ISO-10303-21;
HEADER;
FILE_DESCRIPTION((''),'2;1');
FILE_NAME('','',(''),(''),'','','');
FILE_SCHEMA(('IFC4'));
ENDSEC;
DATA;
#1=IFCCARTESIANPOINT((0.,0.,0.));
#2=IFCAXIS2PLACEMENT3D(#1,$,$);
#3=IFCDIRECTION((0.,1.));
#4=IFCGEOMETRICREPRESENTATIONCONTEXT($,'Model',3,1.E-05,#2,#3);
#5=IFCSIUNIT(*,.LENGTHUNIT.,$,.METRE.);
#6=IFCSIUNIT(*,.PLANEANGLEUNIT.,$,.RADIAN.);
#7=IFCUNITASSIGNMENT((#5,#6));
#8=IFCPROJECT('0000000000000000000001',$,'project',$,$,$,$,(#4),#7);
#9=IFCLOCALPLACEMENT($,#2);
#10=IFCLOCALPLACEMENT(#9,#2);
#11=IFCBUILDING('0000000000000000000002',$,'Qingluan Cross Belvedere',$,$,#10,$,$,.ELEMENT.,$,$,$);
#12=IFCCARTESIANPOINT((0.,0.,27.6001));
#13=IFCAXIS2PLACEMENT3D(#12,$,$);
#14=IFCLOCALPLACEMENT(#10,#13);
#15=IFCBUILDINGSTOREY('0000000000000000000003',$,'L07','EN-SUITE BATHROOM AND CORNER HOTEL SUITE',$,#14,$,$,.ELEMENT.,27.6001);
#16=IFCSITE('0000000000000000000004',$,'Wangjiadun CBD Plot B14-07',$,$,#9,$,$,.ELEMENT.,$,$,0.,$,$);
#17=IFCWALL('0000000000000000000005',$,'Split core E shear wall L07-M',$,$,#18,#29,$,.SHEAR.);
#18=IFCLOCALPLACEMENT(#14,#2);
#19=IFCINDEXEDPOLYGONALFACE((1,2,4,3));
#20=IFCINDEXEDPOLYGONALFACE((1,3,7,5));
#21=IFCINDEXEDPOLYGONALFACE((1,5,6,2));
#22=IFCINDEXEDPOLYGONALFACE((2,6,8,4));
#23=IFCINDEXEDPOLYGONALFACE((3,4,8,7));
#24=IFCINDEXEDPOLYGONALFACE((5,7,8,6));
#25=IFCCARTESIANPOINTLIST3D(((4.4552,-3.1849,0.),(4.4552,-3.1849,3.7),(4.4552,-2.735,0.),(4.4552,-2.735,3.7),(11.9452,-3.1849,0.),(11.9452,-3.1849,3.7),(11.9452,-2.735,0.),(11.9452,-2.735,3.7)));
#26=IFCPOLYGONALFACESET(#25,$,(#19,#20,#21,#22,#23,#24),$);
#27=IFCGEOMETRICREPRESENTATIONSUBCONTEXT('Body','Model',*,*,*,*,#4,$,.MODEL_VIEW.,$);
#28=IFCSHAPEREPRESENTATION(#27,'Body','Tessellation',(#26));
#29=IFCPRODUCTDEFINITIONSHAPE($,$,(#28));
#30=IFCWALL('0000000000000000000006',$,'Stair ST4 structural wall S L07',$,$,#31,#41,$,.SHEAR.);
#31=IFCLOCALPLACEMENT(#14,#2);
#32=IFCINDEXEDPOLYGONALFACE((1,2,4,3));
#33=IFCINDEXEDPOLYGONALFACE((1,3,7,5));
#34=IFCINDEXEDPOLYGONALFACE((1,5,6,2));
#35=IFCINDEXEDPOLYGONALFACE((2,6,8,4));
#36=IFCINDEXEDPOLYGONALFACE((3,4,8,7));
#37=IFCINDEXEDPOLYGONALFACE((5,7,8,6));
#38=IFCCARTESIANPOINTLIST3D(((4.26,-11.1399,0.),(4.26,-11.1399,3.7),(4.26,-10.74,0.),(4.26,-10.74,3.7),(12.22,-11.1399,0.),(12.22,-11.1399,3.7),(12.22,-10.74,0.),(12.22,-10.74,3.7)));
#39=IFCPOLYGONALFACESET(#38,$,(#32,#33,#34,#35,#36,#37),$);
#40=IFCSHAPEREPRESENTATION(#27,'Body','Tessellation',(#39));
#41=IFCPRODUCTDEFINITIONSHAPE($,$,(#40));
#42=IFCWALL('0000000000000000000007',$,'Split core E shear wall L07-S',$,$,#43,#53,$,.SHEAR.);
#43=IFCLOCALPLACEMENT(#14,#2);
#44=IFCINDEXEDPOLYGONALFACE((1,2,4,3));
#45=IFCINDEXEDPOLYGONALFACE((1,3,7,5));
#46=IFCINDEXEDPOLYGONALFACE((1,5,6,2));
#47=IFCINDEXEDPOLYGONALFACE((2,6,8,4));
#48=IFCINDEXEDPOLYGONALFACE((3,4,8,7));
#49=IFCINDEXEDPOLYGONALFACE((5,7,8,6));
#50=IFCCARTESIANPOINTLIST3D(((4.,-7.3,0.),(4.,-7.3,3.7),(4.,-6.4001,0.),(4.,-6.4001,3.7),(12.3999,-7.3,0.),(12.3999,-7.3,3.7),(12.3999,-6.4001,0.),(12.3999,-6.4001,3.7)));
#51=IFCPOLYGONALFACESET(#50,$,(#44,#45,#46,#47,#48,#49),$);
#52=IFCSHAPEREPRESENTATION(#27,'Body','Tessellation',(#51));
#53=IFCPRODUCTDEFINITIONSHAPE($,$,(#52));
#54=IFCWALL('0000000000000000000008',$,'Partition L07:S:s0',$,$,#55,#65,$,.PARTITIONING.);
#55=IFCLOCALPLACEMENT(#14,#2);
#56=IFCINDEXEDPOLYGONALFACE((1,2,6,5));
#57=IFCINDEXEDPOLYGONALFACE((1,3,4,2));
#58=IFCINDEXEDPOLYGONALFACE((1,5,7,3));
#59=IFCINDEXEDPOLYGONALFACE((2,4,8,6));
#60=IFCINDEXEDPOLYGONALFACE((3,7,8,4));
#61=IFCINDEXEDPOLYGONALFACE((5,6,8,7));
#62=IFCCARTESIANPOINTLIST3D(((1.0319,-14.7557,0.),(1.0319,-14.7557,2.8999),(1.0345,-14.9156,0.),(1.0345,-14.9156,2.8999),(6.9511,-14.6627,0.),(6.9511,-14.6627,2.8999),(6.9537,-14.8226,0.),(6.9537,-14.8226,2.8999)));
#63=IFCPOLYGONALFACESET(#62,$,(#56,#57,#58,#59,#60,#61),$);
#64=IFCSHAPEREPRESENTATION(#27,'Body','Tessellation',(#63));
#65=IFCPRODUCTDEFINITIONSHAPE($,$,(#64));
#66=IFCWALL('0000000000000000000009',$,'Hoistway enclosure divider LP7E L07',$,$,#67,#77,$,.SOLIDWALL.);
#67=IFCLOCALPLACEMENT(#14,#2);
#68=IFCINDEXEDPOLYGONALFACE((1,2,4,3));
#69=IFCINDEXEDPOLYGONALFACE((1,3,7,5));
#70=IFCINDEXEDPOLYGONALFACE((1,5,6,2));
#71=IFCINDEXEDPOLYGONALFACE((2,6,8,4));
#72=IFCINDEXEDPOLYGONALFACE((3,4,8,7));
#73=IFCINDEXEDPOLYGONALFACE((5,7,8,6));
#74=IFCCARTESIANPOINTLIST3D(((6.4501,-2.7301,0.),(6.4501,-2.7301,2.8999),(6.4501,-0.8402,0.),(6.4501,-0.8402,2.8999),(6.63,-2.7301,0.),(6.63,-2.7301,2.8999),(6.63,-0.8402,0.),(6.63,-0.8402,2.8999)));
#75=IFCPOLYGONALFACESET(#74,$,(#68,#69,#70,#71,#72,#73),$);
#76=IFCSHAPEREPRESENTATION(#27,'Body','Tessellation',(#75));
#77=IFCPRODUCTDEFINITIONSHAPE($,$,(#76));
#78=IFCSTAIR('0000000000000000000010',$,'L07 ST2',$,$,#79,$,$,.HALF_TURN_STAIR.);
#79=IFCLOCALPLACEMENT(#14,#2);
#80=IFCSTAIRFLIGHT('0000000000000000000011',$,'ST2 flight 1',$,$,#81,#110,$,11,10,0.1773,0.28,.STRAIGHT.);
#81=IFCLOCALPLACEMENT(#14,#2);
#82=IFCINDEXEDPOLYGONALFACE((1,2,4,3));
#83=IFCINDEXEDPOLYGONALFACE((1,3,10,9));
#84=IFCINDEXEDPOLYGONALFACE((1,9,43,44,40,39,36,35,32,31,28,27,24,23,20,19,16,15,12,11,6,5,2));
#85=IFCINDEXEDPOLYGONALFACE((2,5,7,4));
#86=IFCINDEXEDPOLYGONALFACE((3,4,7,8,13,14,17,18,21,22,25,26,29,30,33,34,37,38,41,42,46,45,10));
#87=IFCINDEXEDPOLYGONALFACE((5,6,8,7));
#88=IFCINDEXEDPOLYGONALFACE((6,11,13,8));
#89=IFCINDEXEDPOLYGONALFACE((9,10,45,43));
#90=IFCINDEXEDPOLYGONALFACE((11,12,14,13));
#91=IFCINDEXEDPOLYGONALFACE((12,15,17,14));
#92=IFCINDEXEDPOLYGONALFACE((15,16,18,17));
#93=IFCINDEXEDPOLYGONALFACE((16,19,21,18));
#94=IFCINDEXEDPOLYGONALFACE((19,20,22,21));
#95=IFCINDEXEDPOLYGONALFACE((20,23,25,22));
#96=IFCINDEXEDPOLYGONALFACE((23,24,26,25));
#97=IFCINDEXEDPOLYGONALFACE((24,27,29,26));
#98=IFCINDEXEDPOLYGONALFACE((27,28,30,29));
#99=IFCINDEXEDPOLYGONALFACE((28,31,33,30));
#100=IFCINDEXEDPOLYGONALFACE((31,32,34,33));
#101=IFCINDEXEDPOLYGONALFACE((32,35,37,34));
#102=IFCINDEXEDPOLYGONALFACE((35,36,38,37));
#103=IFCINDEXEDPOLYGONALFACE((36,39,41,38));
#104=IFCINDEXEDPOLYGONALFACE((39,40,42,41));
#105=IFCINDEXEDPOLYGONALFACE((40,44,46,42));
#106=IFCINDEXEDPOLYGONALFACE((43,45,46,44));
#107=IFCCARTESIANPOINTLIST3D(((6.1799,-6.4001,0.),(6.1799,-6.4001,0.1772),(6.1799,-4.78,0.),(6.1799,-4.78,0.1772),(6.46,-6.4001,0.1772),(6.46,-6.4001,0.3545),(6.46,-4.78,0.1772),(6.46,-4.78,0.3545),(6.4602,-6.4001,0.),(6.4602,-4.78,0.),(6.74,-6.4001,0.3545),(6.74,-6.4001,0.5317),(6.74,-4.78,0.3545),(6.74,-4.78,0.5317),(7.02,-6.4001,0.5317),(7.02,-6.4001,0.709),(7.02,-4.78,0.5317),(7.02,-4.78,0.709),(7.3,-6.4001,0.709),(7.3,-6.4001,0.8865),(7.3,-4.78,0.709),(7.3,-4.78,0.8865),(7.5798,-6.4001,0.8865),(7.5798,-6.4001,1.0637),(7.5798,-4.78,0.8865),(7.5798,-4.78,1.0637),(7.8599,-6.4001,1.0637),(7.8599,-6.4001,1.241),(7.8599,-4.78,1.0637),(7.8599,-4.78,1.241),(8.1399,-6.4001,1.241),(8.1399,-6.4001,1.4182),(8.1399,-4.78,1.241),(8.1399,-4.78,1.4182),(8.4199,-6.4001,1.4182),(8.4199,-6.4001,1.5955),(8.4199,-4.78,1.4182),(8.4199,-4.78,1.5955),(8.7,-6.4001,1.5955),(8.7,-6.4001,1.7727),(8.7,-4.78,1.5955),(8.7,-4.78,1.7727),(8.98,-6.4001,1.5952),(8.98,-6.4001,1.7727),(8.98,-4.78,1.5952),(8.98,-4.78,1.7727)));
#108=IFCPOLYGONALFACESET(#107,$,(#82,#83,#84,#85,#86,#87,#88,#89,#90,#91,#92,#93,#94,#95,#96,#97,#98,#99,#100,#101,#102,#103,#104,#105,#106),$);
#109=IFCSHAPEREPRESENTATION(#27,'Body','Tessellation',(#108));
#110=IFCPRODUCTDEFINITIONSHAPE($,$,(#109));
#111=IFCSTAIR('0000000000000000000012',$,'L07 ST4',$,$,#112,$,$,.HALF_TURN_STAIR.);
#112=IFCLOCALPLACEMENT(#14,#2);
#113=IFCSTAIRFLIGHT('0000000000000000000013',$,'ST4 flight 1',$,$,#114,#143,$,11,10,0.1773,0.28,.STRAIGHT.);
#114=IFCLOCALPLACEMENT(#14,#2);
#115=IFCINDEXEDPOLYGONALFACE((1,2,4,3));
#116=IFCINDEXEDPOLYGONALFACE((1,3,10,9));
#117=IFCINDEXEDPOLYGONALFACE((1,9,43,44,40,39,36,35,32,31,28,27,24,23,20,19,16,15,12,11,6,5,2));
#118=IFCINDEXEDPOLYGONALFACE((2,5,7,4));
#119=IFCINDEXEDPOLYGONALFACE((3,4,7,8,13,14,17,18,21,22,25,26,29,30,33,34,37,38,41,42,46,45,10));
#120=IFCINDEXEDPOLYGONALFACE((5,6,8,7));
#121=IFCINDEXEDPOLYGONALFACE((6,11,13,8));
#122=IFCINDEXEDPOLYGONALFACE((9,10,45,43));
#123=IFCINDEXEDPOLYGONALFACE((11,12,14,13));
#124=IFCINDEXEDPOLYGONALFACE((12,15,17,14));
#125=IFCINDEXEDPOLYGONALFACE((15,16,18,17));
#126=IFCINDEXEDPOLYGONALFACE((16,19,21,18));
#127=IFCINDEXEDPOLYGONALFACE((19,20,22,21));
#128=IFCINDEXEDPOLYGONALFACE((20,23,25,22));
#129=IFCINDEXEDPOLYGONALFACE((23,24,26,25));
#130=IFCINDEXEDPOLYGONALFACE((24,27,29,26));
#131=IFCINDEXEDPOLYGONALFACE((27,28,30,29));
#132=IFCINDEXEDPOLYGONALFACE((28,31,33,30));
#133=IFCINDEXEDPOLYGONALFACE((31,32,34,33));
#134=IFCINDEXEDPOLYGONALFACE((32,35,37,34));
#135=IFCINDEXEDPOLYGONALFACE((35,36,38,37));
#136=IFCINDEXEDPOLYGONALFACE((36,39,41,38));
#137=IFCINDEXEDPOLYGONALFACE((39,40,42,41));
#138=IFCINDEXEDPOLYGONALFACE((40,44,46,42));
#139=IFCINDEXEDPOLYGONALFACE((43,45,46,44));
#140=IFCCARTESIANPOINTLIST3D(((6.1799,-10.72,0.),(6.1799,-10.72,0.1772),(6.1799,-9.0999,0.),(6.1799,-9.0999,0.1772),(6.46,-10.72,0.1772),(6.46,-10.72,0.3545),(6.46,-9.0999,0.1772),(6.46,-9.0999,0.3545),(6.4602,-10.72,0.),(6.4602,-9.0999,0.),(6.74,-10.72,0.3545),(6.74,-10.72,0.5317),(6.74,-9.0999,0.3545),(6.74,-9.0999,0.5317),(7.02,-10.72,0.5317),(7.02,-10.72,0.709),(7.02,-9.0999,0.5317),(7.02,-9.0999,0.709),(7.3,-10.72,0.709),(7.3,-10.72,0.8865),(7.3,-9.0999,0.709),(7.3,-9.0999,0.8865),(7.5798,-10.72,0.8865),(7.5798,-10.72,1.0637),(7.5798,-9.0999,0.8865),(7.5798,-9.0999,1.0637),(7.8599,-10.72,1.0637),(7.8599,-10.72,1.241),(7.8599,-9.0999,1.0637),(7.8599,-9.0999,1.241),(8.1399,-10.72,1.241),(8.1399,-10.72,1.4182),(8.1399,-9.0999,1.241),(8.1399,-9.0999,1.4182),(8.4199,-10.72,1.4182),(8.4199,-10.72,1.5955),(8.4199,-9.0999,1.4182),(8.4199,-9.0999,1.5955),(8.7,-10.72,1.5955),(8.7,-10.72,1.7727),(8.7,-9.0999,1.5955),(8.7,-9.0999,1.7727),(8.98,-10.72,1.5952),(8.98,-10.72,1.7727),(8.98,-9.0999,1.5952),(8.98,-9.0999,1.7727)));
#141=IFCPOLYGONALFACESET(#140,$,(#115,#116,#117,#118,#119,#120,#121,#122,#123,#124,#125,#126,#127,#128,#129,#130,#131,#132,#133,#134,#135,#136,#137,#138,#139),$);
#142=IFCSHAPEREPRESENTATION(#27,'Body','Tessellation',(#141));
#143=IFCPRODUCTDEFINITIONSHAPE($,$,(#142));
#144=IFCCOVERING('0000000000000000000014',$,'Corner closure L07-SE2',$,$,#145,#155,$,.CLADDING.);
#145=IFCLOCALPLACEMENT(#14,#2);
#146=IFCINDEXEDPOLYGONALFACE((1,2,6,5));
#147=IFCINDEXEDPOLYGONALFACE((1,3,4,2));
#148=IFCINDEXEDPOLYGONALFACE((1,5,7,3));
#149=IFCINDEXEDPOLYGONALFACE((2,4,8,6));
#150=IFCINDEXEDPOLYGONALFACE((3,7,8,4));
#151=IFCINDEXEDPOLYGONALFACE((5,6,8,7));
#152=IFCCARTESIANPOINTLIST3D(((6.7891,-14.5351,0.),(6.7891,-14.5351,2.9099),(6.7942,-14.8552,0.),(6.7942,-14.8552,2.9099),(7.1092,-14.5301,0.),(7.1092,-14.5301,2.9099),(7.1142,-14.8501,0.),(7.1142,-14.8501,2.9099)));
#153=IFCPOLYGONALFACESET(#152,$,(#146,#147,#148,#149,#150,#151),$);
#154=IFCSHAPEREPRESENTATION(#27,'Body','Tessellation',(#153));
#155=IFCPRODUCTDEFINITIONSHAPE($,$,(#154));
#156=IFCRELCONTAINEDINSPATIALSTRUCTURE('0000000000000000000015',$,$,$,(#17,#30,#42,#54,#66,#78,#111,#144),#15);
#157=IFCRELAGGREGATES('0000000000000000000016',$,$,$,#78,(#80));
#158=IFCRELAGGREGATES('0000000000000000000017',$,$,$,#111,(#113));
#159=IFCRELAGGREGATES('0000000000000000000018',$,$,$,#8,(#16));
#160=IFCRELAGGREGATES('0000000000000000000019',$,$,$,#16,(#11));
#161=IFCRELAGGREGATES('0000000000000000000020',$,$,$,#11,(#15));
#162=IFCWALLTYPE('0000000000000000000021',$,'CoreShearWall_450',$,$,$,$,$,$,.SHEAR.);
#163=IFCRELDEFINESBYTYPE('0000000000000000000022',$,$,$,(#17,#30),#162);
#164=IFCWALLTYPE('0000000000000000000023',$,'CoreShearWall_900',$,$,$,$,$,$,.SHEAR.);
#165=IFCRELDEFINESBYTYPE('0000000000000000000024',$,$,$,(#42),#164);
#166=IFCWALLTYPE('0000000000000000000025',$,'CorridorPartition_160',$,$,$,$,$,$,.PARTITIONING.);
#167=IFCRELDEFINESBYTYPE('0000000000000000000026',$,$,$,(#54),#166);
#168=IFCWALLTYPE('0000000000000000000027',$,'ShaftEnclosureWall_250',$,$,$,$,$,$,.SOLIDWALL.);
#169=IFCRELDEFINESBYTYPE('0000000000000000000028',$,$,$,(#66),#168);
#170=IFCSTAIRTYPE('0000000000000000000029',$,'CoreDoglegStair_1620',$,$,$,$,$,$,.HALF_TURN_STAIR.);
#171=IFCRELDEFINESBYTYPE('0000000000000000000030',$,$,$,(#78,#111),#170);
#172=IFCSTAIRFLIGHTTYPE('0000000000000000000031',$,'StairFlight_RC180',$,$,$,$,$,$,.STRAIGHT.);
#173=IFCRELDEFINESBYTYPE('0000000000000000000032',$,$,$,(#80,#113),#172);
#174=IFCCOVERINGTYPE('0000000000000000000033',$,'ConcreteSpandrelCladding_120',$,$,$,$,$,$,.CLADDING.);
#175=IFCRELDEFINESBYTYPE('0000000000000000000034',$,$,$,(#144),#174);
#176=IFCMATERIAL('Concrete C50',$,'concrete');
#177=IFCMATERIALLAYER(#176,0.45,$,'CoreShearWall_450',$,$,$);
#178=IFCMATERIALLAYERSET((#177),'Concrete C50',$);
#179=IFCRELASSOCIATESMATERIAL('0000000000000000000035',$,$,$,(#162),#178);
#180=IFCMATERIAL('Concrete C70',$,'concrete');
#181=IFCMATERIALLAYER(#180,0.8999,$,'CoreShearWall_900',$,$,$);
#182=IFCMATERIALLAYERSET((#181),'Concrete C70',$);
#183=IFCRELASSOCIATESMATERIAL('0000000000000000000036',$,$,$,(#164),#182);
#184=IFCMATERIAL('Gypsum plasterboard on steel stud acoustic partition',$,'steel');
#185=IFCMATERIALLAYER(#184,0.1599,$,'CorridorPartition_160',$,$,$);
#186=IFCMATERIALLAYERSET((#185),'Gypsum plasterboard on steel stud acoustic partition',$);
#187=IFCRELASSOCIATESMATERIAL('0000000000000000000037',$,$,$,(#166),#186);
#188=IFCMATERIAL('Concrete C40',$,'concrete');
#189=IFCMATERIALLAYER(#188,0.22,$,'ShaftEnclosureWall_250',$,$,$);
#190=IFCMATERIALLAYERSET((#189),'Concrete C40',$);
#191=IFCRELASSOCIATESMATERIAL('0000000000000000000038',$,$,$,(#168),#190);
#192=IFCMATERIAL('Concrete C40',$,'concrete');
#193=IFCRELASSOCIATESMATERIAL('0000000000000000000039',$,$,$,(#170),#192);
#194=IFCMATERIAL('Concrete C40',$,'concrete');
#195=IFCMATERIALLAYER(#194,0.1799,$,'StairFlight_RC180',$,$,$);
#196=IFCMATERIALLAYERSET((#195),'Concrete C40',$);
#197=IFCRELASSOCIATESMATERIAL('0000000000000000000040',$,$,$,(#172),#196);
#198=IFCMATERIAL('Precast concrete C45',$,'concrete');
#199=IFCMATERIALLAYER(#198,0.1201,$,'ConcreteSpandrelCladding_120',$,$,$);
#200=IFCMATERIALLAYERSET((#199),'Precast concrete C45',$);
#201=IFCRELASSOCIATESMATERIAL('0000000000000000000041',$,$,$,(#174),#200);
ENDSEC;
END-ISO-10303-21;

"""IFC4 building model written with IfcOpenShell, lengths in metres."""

from ifc_helpers import new_model, si_unit, direction, frame, frame_2d, origin, origin_2d, place, context, subcontext, project, spatial, polyline, rectangle, outline, extrude, material, layer, layer_set, type_object, element, aggregate, save


model = new_model("IFC4")

# Units and contexts
model_context = context("Model", 3, precision=1e-05, world=origin(), true_north=direction((0.0, 1.0)))
body_context = subcontext(model_context, "Body", "Model", "MODEL_VIEW")
ifc_project = project(units=[si_unit("LENGTHUNIT", "METRE"), si_unit("PLANEANGLEUNIT", "RADIAN")], contexts=[model_context])

# Site, building, storey
site_placement = place(None, origin())
site = spatial("IfcSite", under=ifc_project, at=site_placement, Name="Wangjiadun CBD Plot B14-07", CompositionType="ELEMENT", RefElevation=0.0)
building_placement = place(site_placement, origin())
building = spatial("IfcBuilding", under=site, at=building_placement, Name="Qingluan Cross Belvedere", CompositionType="ELEMENT")
storey_placement = place(building_placement, frame((0.0, 0.0, 27.6001)))
storey = spatial("IfcBuildingStorey", under=building, at=storey_placement, Name="L07", Description="EN-SUITE BATHROOM AND CORNER HOTEL SUITE", CompositionType="ELEMENT", Elevation=27.6001)

# Walls
ifc_material_1 = material(Name="Concrete C50", Category="concrete")
ifc_layer_1 = layer(ifc_material_1, 0.45, Name="CoreShearWall_450")
ifc_layer_set_1 = layer_set([ifc_layer_1], Name="Concrete C50")
wall_type_1 = type_object("IfcWallType", Name="CoreShearWall_450", PredefinedType="SHEAR", material=ifc_layer_set_1)
wall_1_placement = place(storey_placement, frame((4.4551, -2.96, 0.0), z_axis=(0.0, 0.0, 1.0), x_axis=(1.0, 0.0, 0.0)))
element("IfcWall", 1, at=wall_1_placement, inside=storey, type_object=wall_type_1, Name="Split core E shear wall L07-M", PredefinedType="SHEAR", context=body_context, shape_type="SweptSolid", body=[
    extrude(rectangle(XDim=7.49, YDim=0.45, at=frame_2d((3.7451, 0.0))), origin(), (0.0, 0.0, 1.0), 3.7),
])
wall_2_placement = place(storey_placement, frame((4.26, -10.9399, 0.0), z_axis=(0.0, 0.0, 1.0), x_axis=(1.0, 0.0, 0.0)))
element("IfcWall", 2, at=wall_2_placement, inside=storey, type_object=wall_type_1, Name="Stair ST4 structural wall S L07", PredefinedType="SHEAR", context=body_context, shape_type="SweptSolid", body=[
    extrude(rectangle(XDim=7.96, YDim=0.3999, at=frame_2d((3.98, 0.0))), origin(), (0.0, 0.0, 1.0), 3.7),
])

# Wall
ifc_material_2 = material(Name="Concrete C70", Category="concrete")
ifc_layer_2 = layer(ifc_material_2, 0.8999, Name="CoreShearWall_900")
ifc_layer_set_2 = layer_set([ifc_layer_2], Name="Concrete C70")
wall_type_2 = type_object("IfcWallType", Name="CoreShearWall_900", PredefinedType="SHEAR", material=ifc_layer_set_2)
wall_3_placement = place(storey_placement, frame((4.0, -6.8501, 0.0), z_axis=(0.0, 0.0, 1.0), x_axis=(1.0, 0.0, 0.0)))
element("IfcWall", 3, at=wall_3_placement, inside=storey, type_object=wall_type_2, Name="Split core E shear wall L07-S", PredefinedType="SHEAR", context=body_context, shape_type="SweptSolid", body=[
    extrude(rectangle(XDim=8.3999, YDim=0.8999, at=frame_2d((4.2, 0.0))), origin(), (0.0, 0.0, 1.0), 3.7),
])

# Walls
ifc_material_3 = material(Name="Gypsum plasterboard on steel stud acoustic partition", Category="steel")
ifc_layer_3 = layer(ifc_material_3, 0.1599, Name="CorridorPartition_160")
ifc_layer_set_3 = layer_set([ifc_layer_3], Name="Gypsum plasterboard on steel stud acoustic partition")
wall_type_3 = type_object("IfcWallType", Name="CorridorPartition_160", PredefinedType="PARTITIONING", material=ifc_layer_set_3)
wall_4_placement = place(storey_placement, frame((1.0332, -14.8357, 0.0), z_axis=(0.0, 0.0, 1.0), x_axis=(0.999877, 0.015713, 0.0)))
element("IfcWall", 4, at=wall_4_placement, inside=storey, type_object=wall_type_3, Name="Partition L07:S:s0", PredefinedType="PARTITIONING", context=body_context, shape_type="SweptSolid", body=[
    extrude(rectangle(XDim=5.9199, YDim=0.1599, at=frame_2d((2.96, 0.0))), origin(), (0.0, 0.0, 1.0), 2.8999),
])
ifc_material_4 = material(Name="Concrete C40", Category="concrete")
ifc_layer_4 = layer(ifc_material_4, 0.22, Name="ShaftEnclosureWall_250")
ifc_layer_set_4 = layer_set([ifc_layer_4], Name="Concrete C40")
wall_type_4 = type_object("IfcWallType", Name="ShaftEnclosureWall_250", PredefinedType="SOLIDWALL", material=ifc_layer_set_4)
wall_5_placement = place(storey_placement, frame((6.54, -2.73, 0.0), z_axis=(0.0, 0.0, 1.0), x_axis=(0.0, 1.0, 0.0)))
element("IfcWall", 5, at=wall_5_placement, inside=storey, type_object=wall_type_4, Name="Hoistway enclosure divider LP7E L07", PredefinedType="SOLIDWALL", context=body_context, shape_type="SweptSolid", body=[
    extrude(rectangle(XDim=1.8899, YDim=0.1799, at=frame_2d((0.9448, 0.0))), origin(), (0.0, 0.0, 1.0), 2.8999),
])

# Stairs, stair flights
ifc_material_5 = material(Name="Concrete C40", Category="concrete")
stair_type = type_object("IfcStairType", Name="CoreDoglegStair_1620", PredefinedType="HALF_TURN_STAIR", material=ifc_material_5)
stair_1_placement = place(storey_placement, origin())
stair_1 = element("IfcStair", 6, at=stair_1_placement, inside=storey, type_object=stair_type, Name="L07 ST2", PredefinedType="HALF_TURN_STAIR")
ifc_material_6 = material(Name="Concrete C40", Category="concrete")
ifc_layer_5 = layer(ifc_material_6, 0.1799, Name="StairFlight_RC180")
ifc_layer_set_5 = layer_set([ifc_layer_5], Name="Concrete C40")
stair_flight_type = type_object("IfcStairFlightType", Name="StairFlight_RC180", PredefinedType="STRAIGHT", material=ifc_layer_set_5)
stair_flight_1_placement = place(storey_placement, frame((6.1799, -5.5901, 0.0), z_axis=(0.0, 0.0, 1.0), x_axis=(1.0, 0.0, 0.0)))
stair_flight_1 = element("IfcStairFlight", 7, at=stair_flight_1_placement, type_object=stair_flight_type, Name="ST2 flight 1", NumberOfRisers=11, NumberOfTreads=10, PredefinedType="STRAIGHT", RiserHeight=0.1773, TreadLength=0.28, context=body_context, shape_type="SweptSolid", body=[
    extrude(outline(polyline([(0.0, 0.0), (0.0, 0.1772), (0.28, 0.1772), (0.28, 0.3545), (0.5601, 0.3545), (0.5601, 0.5317), (0.8401, 0.5317), (0.8401, 0.709), (1.1201, 0.709), (1.1201, 0.8865), (1.3999, 0.8865), (1.3999, 1.0637), (1.6799, 1.0637), (1.6799, 1.241), (1.96, 1.241), (1.96, 1.4182), (2.24, 1.4182), (2.24, 1.5955), (2.52, 1.5955), (2.52, 1.7727), (2.8, 1.7727), (2.8, 1.95), (2.8, 1.5952), (0.2803, 0.0), (0.0, 0.0)])), frame((0.0, 0.8101, 0.0), z_axis=(0.0, -1.0, 0.0), x_axis=(1.0, 0.0, 0.0)), (0.0, 0.0, 1.0), 1.6201),
])
aggregate(stair_1, [stair_flight_1])
stair_2_placement = place(storey_placement, origin())
stair_2 = element("IfcStair", 8, at=stair_2_placement, inside=storey, type_object=stair_type, Name="L07 ST4", PredefinedType="HALF_TURN_STAIR")
stair_flight_2_placement = place(storey_placement, frame((6.1799, -9.9099, 0.0), z_axis=(0.0, 0.0, 1.0), x_axis=(1.0, 0.0, 0.0)))
stair_flight_2 = element("IfcStairFlight", 9, at=stair_flight_2_placement, type_object=stair_flight_type, Name="ST4 flight 1", NumberOfRisers=11, NumberOfTreads=10, PredefinedType="STRAIGHT", RiserHeight=0.1773, TreadLength=0.28, context=body_context, shape_type="SweptSolid", body=[
    extrude(outline(polyline([(0.0, 0.0), (0.0, 0.1772), (0.28, 0.1772), (0.28, 0.3545), (0.5601, 0.3545), (0.5601, 0.5317), (0.8401, 0.5317), (0.8401, 0.709), (1.1201, 0.709), (1.1201, 0.8865), (1.3999, 0.8865), (1.3999, 1.0637), (1.6799, 1.0637), (1.6799, 1.241), (1.96, 1.241), (1.96, 1.4182), (2.24, 1.4182), (2.24, 1.5955), (2.52, 1.5955), (2.52, 1.7727), (2.8, 1.7727), (2.8, 1.95), (2.8, 1.5952), (0.2803, 0.0), (0.0, 0.0)])), frame((0.0, 0.8101, 0.0), z_axis=(0.0, -1.0, 0.0), x_axis=(1.0, 0.0, 0.0)), (0.0, 0.0, 1.0), 1.6201),
])
aggregate(stair_2, [stair_flight_2])

# Covering
ifc_material_7 = material(Name="Precast concrete C45", Category="concrete")
ifc_layer_6 = layer(ifc_material_7, 0.1201, Name="ConcreteSpandrelCladding_120")
ifc_layer_set_6 = layer_set([ifc_layer_6], Name="Precast concrete C45")
covering_type = type_object("IfcCoveringType", Name="ConcreteSpandrelCladding_120", PredefinedType="CLADDING", material=ifc_layer_set_6)
covering_placement = place(storey_placement, frame((6.9517, -14.6926, 0.0), z_axis=(0.0, 0.0, 1.0), x_axis=(0.999877, 0.015707, 0.0)))
element("IfcCovering", 10, at=covering_placement, inside=storey, type_object=covering_type, Name="Corner closure L07-SE2", PredefinedType="CLADDING", context=body_context, shape_type="SweptSolid", body=[
    extrude(rectangle(XDim=0.3201, YDim=0.3201, at=origin_2d()), origin(), (0.0, 0.0, 1.0), 2.9099),
])

save(model, "model.ifc")
